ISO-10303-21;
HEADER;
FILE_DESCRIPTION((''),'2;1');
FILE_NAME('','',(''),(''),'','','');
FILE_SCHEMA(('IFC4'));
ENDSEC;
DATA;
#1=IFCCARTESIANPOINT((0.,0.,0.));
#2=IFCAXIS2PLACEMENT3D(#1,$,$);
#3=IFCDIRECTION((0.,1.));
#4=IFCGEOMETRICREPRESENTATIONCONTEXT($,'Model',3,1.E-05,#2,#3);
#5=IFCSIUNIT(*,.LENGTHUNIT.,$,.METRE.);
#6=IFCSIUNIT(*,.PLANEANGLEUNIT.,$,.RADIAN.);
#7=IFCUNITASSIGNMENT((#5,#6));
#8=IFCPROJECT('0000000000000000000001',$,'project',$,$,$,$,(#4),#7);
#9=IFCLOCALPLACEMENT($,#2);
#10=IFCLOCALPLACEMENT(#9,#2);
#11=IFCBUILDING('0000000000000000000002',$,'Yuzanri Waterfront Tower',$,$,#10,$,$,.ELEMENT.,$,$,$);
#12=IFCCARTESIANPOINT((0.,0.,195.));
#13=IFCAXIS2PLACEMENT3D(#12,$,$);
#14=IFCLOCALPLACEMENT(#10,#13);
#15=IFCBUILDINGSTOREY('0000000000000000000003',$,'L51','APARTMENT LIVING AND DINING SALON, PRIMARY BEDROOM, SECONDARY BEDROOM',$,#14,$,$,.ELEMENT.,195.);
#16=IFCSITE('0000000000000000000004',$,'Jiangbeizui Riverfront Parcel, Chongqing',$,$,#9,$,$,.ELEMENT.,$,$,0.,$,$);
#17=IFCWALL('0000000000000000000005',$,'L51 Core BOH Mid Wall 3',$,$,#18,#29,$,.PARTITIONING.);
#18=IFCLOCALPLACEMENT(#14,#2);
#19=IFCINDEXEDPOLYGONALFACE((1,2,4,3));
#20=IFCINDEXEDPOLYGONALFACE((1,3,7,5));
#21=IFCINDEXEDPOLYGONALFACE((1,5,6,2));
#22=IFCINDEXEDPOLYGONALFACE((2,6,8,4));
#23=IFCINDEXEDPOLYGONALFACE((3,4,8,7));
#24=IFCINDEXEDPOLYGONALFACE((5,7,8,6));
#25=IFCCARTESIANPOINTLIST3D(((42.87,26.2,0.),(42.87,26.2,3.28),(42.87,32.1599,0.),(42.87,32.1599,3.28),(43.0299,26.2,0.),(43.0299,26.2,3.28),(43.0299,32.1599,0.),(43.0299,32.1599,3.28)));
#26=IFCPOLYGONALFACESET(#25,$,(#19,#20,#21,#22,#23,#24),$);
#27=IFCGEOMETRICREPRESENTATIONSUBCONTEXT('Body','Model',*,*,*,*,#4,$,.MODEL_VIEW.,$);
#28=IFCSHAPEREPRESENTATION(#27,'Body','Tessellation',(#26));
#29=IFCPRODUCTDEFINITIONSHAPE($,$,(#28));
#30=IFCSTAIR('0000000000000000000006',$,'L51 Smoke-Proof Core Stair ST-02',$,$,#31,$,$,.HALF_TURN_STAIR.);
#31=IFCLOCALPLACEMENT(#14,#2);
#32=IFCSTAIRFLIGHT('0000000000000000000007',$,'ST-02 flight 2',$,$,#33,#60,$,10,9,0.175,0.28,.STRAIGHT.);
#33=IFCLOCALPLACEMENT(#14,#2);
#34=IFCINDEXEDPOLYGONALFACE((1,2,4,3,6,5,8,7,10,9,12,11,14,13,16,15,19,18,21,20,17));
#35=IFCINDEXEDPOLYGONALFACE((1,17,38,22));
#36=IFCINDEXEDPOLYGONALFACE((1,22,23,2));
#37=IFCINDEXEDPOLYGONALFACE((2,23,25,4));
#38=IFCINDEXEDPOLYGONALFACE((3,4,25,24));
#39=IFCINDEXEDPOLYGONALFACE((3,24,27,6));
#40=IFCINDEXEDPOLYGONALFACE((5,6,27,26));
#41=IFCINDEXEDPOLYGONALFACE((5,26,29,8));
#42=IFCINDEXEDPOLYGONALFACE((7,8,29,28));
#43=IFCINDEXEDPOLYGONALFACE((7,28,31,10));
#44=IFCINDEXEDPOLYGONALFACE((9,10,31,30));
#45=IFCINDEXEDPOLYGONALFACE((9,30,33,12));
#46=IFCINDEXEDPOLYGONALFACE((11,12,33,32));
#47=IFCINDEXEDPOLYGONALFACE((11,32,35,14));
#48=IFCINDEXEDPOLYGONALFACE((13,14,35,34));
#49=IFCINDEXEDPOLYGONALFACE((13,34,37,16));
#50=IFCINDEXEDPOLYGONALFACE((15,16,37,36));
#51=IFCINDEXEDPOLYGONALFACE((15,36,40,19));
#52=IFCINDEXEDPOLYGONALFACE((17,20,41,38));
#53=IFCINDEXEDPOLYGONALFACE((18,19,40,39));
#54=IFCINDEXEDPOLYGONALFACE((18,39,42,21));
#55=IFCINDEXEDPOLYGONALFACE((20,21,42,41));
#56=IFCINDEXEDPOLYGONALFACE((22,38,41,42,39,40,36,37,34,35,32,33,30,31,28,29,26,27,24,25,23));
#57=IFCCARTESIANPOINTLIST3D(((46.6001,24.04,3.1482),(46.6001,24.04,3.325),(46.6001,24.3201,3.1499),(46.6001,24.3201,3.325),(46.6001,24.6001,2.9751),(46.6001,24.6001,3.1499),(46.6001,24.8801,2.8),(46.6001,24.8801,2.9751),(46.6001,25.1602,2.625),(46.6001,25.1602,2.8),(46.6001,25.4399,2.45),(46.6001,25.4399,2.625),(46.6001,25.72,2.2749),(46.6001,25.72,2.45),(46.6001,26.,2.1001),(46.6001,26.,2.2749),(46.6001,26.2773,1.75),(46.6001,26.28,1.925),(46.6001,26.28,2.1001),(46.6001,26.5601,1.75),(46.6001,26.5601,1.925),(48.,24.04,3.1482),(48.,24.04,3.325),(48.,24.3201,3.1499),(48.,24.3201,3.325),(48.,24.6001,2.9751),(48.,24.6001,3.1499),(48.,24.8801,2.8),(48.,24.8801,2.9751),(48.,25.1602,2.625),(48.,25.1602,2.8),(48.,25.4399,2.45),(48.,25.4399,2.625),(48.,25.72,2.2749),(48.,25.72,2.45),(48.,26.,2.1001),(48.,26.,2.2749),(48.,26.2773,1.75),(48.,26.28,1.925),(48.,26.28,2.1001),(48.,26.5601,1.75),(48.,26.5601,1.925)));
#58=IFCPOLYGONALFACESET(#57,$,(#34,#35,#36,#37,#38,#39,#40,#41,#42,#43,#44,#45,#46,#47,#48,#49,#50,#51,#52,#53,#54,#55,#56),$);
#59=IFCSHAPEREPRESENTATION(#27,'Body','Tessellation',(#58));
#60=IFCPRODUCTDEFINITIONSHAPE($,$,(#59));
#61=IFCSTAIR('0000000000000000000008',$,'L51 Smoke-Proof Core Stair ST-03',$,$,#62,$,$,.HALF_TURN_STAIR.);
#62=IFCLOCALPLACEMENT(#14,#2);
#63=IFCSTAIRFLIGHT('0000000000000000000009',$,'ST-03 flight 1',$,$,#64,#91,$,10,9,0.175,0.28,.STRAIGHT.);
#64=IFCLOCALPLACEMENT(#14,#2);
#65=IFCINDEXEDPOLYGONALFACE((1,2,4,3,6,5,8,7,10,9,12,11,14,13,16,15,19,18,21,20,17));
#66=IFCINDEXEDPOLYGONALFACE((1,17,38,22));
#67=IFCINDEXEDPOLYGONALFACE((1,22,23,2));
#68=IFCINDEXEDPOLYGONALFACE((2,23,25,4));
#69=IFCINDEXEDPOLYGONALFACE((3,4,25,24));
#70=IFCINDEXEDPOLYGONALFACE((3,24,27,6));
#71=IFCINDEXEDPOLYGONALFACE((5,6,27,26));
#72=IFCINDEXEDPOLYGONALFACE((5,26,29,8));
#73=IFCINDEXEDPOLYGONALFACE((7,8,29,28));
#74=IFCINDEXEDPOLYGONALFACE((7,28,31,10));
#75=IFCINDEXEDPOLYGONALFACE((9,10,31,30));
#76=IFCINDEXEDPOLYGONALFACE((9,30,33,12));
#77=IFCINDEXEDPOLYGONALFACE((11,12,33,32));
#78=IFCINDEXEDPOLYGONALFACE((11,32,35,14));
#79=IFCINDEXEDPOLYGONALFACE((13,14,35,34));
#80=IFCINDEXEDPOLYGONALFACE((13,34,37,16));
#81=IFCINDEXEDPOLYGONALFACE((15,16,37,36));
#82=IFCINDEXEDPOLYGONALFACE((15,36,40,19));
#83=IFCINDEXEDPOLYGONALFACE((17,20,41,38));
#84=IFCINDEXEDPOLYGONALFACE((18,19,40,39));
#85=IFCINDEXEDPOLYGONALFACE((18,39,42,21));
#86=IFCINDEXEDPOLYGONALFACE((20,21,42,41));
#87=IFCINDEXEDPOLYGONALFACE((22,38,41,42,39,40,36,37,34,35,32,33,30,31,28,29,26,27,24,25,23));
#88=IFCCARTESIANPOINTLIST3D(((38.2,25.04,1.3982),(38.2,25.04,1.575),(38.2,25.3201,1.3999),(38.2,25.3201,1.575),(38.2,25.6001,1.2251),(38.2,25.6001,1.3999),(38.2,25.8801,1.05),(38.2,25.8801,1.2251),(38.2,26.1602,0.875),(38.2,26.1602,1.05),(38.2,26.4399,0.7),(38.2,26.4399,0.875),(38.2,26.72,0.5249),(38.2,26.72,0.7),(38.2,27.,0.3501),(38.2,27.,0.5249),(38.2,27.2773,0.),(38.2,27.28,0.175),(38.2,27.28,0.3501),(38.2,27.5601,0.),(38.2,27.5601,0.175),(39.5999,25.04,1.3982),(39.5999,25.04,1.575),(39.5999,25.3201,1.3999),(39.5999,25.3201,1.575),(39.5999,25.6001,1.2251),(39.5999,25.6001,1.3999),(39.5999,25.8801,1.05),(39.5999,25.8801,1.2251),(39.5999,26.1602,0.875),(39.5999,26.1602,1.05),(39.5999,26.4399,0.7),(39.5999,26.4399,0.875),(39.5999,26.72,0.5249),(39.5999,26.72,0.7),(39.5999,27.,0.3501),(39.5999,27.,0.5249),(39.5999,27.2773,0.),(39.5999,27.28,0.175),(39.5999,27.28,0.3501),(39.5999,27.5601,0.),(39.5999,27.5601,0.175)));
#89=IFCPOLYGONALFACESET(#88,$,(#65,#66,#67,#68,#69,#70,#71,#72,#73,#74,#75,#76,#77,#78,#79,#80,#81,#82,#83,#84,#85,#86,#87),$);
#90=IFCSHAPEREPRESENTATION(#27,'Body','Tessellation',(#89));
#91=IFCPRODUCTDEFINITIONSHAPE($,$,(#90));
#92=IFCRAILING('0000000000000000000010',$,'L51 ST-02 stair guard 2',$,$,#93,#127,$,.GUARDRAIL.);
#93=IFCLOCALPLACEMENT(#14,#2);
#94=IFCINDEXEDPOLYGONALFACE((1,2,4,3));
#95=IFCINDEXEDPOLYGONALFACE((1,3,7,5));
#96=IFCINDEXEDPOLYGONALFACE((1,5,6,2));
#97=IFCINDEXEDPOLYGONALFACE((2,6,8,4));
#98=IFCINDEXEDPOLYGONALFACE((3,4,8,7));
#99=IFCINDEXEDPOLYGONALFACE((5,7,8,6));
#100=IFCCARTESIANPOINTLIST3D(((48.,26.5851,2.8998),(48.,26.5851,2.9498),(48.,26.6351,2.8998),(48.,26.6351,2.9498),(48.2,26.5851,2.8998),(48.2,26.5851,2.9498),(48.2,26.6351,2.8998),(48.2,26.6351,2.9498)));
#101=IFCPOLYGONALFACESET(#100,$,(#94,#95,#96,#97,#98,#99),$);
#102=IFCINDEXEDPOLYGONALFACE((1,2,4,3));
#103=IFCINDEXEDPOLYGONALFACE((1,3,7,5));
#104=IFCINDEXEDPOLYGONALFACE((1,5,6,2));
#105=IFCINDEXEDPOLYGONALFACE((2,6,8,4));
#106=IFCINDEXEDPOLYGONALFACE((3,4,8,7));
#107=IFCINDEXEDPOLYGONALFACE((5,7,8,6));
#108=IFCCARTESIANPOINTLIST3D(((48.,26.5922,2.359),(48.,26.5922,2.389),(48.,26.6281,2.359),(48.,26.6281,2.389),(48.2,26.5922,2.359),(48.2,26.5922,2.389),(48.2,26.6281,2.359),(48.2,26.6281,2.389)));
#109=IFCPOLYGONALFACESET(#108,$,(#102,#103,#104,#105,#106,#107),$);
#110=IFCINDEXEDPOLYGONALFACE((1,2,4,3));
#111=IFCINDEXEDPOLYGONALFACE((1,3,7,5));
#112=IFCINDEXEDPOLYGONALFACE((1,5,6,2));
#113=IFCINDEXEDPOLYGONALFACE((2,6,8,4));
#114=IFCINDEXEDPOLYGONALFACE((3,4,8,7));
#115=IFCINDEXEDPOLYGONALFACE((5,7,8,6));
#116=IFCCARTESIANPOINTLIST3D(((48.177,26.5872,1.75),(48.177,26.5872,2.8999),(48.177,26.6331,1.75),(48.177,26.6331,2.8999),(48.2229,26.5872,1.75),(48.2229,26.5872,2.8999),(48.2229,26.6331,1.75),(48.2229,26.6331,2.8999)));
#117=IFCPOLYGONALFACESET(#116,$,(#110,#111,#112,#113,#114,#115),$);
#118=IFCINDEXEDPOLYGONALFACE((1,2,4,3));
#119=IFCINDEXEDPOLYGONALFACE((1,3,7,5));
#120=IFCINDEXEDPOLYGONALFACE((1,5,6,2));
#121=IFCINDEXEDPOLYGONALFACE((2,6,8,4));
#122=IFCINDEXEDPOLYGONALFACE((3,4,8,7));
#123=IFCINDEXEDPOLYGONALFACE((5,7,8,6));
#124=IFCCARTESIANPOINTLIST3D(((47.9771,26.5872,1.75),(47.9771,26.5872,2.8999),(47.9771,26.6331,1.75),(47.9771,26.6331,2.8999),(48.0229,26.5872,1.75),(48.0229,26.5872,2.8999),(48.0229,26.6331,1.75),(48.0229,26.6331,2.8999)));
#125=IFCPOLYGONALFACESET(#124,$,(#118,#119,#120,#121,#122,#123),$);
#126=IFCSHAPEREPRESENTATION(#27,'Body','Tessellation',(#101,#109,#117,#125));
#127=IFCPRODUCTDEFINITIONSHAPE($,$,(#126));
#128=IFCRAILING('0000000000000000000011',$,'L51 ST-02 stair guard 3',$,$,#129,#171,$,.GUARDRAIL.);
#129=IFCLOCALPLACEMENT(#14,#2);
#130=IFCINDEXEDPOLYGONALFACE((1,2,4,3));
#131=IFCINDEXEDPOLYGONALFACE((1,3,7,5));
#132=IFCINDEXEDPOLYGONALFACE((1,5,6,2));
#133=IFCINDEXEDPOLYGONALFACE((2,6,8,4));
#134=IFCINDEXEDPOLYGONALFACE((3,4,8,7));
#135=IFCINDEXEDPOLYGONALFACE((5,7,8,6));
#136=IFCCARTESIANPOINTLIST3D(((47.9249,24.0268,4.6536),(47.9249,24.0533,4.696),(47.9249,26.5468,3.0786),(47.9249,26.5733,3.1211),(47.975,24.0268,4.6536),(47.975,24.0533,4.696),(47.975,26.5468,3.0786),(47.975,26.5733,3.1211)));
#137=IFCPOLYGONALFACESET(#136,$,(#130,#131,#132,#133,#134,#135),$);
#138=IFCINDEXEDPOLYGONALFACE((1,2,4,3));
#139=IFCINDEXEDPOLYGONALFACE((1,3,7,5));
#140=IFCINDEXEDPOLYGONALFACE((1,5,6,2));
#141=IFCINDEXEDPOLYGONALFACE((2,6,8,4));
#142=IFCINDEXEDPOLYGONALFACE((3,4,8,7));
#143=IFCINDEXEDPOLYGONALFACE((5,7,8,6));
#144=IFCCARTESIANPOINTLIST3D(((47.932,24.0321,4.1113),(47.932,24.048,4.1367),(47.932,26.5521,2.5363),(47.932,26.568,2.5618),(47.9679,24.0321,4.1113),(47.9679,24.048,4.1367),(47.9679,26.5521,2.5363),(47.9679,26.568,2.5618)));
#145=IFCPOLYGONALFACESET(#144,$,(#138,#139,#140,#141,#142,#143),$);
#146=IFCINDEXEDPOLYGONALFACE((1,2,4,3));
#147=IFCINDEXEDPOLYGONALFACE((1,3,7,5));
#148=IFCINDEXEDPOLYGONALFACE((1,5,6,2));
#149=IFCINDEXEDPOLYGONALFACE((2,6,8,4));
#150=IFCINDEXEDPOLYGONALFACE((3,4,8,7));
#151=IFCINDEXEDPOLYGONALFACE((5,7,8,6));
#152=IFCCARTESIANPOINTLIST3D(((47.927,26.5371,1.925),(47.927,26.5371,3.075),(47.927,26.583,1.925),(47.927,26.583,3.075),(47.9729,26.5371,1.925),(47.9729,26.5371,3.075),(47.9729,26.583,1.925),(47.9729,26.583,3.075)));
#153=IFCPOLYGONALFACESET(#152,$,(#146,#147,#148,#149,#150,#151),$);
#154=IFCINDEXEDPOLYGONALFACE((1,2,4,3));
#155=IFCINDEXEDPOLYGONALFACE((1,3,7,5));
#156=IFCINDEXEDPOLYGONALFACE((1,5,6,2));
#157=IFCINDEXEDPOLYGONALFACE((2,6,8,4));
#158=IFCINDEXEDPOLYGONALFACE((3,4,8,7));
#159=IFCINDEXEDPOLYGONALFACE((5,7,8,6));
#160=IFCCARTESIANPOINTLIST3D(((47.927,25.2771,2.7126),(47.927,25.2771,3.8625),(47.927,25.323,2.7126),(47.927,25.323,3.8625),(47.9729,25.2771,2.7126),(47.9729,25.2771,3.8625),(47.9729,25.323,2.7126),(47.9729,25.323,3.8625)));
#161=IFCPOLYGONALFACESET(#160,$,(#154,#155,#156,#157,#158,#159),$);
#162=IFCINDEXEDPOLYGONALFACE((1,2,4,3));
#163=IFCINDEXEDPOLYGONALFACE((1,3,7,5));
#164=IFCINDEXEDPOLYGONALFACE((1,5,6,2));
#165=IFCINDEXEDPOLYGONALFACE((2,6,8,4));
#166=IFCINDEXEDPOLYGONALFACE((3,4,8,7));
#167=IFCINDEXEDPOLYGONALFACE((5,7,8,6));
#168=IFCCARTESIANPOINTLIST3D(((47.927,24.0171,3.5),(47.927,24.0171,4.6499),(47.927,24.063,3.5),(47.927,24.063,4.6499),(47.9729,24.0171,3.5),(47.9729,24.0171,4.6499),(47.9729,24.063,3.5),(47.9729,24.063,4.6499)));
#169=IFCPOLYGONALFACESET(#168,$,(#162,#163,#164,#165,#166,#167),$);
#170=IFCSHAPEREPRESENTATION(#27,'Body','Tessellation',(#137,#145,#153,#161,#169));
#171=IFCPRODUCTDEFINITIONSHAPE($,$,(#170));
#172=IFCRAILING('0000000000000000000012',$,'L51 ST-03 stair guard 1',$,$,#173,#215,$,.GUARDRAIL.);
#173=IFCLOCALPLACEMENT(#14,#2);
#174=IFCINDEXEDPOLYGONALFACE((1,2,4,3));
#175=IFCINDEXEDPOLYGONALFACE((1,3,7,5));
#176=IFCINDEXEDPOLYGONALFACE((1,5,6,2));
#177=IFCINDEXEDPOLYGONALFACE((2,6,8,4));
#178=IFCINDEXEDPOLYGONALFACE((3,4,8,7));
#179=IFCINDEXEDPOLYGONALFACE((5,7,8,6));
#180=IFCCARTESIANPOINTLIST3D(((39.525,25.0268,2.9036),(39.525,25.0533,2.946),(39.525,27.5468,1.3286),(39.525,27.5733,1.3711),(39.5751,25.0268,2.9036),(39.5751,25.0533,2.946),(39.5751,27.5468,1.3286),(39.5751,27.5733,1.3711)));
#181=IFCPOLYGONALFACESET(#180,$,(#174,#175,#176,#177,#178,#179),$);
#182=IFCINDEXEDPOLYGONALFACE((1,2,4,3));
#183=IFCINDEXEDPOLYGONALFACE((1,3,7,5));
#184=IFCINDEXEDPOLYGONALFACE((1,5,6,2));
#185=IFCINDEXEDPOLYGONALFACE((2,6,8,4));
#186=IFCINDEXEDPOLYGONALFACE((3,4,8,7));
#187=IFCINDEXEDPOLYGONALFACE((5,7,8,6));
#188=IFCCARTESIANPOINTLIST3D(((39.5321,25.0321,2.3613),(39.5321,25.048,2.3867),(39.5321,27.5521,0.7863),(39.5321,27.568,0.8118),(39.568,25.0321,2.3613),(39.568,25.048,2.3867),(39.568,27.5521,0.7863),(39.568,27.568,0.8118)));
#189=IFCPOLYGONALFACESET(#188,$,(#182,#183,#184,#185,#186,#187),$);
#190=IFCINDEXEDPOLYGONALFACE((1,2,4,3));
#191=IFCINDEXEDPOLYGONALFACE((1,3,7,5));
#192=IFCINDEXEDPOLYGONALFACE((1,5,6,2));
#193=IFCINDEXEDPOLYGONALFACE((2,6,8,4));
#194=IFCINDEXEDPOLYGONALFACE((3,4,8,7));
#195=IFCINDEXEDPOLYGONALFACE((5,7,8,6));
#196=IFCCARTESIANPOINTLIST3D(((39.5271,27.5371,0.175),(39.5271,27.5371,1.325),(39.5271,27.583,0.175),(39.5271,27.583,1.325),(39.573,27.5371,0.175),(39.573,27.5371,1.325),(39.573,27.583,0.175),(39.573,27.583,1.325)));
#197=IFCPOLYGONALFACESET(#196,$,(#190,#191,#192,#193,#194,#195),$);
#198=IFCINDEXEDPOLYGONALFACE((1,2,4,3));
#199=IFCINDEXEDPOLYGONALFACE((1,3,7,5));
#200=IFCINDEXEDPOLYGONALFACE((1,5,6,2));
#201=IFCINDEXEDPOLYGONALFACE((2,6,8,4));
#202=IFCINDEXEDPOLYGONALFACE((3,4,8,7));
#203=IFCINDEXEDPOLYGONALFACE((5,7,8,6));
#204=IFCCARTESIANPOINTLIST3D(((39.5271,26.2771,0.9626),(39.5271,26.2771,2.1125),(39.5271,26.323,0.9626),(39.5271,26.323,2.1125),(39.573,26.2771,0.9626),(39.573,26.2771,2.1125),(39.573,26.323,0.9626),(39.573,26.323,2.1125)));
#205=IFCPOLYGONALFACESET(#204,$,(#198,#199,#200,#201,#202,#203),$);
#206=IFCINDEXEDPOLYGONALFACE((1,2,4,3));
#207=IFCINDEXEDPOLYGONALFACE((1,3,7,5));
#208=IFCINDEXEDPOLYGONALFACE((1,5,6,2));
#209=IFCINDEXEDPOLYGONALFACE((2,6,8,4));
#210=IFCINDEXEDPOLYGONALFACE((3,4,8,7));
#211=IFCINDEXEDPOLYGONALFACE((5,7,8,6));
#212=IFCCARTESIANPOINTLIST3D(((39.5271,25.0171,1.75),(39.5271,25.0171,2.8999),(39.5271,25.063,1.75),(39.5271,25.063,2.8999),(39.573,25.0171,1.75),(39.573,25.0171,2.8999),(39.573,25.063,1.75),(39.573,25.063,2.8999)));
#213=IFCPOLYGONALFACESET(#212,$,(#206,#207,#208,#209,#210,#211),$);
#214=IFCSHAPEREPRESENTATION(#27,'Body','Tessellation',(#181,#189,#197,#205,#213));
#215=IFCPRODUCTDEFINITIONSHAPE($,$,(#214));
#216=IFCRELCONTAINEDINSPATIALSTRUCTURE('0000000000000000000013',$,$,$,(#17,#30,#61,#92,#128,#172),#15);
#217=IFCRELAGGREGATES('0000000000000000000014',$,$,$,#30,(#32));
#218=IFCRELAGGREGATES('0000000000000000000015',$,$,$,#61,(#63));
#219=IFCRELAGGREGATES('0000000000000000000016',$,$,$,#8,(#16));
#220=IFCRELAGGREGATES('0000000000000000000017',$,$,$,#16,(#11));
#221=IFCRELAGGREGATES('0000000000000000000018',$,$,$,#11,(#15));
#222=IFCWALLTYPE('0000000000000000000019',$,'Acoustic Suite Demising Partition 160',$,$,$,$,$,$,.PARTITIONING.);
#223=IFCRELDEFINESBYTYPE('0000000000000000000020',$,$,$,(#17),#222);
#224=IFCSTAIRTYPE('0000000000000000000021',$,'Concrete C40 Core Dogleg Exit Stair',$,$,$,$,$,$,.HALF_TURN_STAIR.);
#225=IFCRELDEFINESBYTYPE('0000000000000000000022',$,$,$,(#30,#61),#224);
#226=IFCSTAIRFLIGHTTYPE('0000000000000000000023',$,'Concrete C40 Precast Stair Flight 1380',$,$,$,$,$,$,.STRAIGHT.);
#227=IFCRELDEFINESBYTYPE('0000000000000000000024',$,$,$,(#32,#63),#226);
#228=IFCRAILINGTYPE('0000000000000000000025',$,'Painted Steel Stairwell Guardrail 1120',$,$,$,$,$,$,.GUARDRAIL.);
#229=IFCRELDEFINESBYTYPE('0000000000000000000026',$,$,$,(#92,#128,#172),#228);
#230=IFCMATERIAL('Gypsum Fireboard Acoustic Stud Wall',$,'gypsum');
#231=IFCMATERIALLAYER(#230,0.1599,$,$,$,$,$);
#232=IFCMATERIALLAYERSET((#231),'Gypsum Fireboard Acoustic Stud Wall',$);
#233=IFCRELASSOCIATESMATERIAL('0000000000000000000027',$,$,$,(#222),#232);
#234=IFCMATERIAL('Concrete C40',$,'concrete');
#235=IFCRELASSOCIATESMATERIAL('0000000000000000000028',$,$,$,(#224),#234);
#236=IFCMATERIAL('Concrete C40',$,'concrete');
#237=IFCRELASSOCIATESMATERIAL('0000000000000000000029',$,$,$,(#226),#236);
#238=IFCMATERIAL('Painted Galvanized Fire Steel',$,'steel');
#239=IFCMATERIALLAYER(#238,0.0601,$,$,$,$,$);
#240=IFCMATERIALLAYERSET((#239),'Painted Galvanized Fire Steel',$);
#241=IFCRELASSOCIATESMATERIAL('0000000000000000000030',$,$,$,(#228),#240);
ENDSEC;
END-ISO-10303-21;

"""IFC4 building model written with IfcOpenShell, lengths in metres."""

from ifc_helpers import new_model, si_unit, direction, frame, frame_2d, origin, origin_2d, place, context, subcontext, project, spatial, polyline, rectangle, outline, extrude, source, transform, mapped, material, layer, layer_set, type_object, element, aggregate, save


model = new_model("IFC4")

# Units and contexts
model_context = context("Model", 3, precision=1e-05, world=origin(), true_north=direction((0.0, 1.0)))
body_context = subcontext(model_context, "Body", "Model", "MODEL_VIEW")
ifc_project = project(units=[si_unit("LENGTHUNIT", "METRE"), si_unit("PLANEANGLEUNIT", "RADIAN")], contexts=[model_context])

# Site, building, storey
site_placement = place(None, origin())
site = spatial("IfcSite", under=ifc_project, at=site_placement, Name="Jiangbeizui Riverfront Parcel, Chongqing", CompositionType="ELEMENT", RefElevation=0.0)
building_placement = place(site_placement, origin())
building = spatial("IfcBuilding", under=site, at=building_placement, Name="Yuzanri Waterfront Tower", CompositionType="ELEMENT")
storey_placement = place(building_placement, frame((0.0, 0.0, 195.0)))
storey = spatial("IfcBuildingStorey", under=building, at=storey_placement, Name="L51", Description="APARTMENT LIVING AND DINING SALON, PRIMARY BEDROOM, SECONDARY BEDROOM", CompositionType="ELEMENT", Elevation=195.0)

# Wall
ifc_material_1 = material(Name="Gypsum Fireboard Acoustic Stud Wall", Category="gypsum")
ifc_layer_1 = layer(ifc_material_1, 0.1599)
ifc_layer_set_1 = layer_set([ifc_layer_1], Name="Gypsum Fireboard Acoustic Stud Wall")
wall_type_1 = type_object("IfcWallType", Name="Acoustic Suite Demising Partition 160", PredefinedType="PARTITIONING", material=ifc_layer_set_1)
shared_shape_1 = source(origin(), body_context, "Body", "SweptSolid", [
    extrude(rectangle(XDim=5.96, YDim=0.1599, at=frame_2d((2.98, 0.0))), origin(), (0.0, 0.0, 1.0), 3.28),
])
wall_1_placement = place(storey_placement, frame((42.95, 26.2, 0.0), z_axis=(0.0, 0.0, 1.0), x_axis=(0.0, 1.0, 0.0)))
element("IfcWall", 1, at=wall_1_placement, inside=storey, type_object=wall_type_1, Name="L51 Core BOH Mid Wall 3", PredefinedType="PARTITIONING", context=body_context, shape_type="MappedRepresentation", body=[
    mapped(shared_shape_1, transform((0.0, 0.0, 0.0), scale=1.0)),
])

# Stairs, stair flights
ifc_material_2 = material(Name="Concrete C40", Category="concrete")
stair_type = type_object("IfcStairType", Name="Concrete C40 Core Dogleg Exit Stair", PredefinedType="HALF_TURN_STAIR", material=ifc_material_2)
stair_1_placement = place(storey_placement, origin())
stair_1 = element("IfcStair", 2, at=stair_1_placement, inside=storey, type_object=stair_type, Name="L51 Smoke-Proof Core Stair ST-02", PredefinedType="HALF_TURN_STAIR")
ifc_material_3 = material(Name="Concrete C40", Category="concrete")
stair_flight_type = type_object("IfcStairFlightType", Name="Concrete C40 Precast Stair Flight 1380", PredefinedType="STRAIGHT", material=ifc_material_3)
shared_shape_2 = source(origin(), body_context, "Body", "SweptSolid", [
    extrude(outline(polyline([(0.0, 0.0), (0.0, 0.175), (0.28, 0.175), (0.28, 0.3501), (0.5601, 0.3501), (0.5601, 0.5249), (0.8401, 0.5249), (0.8401, 0.7), (1.1201, 0.7), (1.1201, 0.875), (1.3999, 0.875), (1.3999, 1.05), (1.6799, 1.05), (1.6799, 1.2251), (1.96, 1.2251), (1.96, 1.3999), (2.24, 1.3999), (2.24, 1.575), (2.52, 1.575), (2.52, 1.75), (2.52, 1.3982), (0.2827, 0.0), (0.0, 0.0)])), frame((0.0, 0.7, 0.0), z_axis=(0.0, -1.0, 0.0), x_axis=(1.0, 0.0, 0.0)), (0.0, 0.0, 1.0), 1.3999),
])
stair_flight_1_placement = place(storey_placement, frame((47.3, 26.5601, 1.75), z_axis=(0.0, 0.0, 1.0), x_axis=(0.0, -1.0, 0.0)))
stair_flight_1 = element("IfcStairFlight", 3, at=stair_flight_1_placement, type_object=stair_flight_type, Name="ST-02 flight 2", NumberOfRisers=10, NumberOfTreads=9, PredefinedType="STRAIGHT", RiserHeight=0.175, TreadLength=0.28, context=body_context, shape_type="MappedRepresentation", body=[
    mapped(shared_shape_2, transform((0.0, 0.0, 0.0), scale=1.0)),
])
aggregate(stair_1, [stair_flight_1])
stair_2_placement = place(storey_placement, origin())
stair_2 = element("IfcStair", 4, at=stair_2_placement, inside=storey, type_object=stair_type, Name="L51 Smoke-Proof Core Stair ST-03", PredefinedType="HALF_TURN_STAIR")
stair_flight_2_placement = place(storey_placement, frame((38.8999, 27.5601, 0.0), z_axis=(0.0, 0.0, 1.0), x_axis=(0.0, -1.0, 0.0)))
stair_flight_2 = element("IfcStairFlight", 5, at=stair_flight_2_placement, type_object=stair_flight_type, Name="ST-03 flight 1", NumberOfRisers=10, NumberOfTreads=9, PredefinedType="STRAIGHT", RiserHeight=0.175, TreadLength=0.28, context=body_context, shape_type="MappedRepresentation", body=[
    mapped(shared_shape_2, transform((0.0, 0.0, 0.0), scale=1.0)),
])
aggregate(stair_2, [stair_flight_2])

# Railings
ifc_material_4 = material(Name="Painted Galvanized Fire Steel", Category="steel")
ifc_layer_2 = layer(ifc_material_4, 0.0601)
ifc_layer_set_2 = layer_set([ifc_layer_2], Name="Painted Galvanized Fire Steel")
railing_type_1 = type_object("IfcRailingType", Name="Painted Steel Stairwell Guardrail 1120", PredefinedType="GUARDRAIL", material=ifc_layer_set_2)
shared_shape_3 = source(origin(), body_context, "Body", "SweptSolid", [
    extrude(rectangle(XDim=0.05, YDim=0.05, at=origin_2d()), frame((0.0, 0.0, 1.1748), z_axis=(-1.0, 0.0, 0.0), x_axis=(0.0, -1.0, 0.0)), (0.0, 0.0, 1.0), 0.2),
    extrude(rectangle(XDim=0.0359, YDim=0.03, at=origin_2d()), frame((0.0, 0.0, 0.624), z_axis=(-1.0, 0.0, 0.0), x_axis=(0.0, -1.0, 0.0)), (0.0, 0.0, 1.0), 0.2),
    extrude(rectangle(XDim=0.0459, YDim=0.0459, at=origin_2d()), origin(), (0.0, 0.0, 1.0), 1.1499),
    extrude(rectangle(XDim=0.0459, YDim=0.0459, at=origin_2d()), frame((-0.2, 0.0, 0.0)), (0.0, 0.0, 1.0), 1.1499),
])
railing_1_placement = place(storey_placement, frame((48.2, 26.6101, 1.75)))
element("IfcRailing", 6, at=railing_1_placement, inside=storey, type_object=railing_type_1, Name="L51 ST-02 stair guard 2", PredefinedType="GUARDRAIL", context=body_context, shape_type="MappedRepresentation", body=[
    mapped(shared_shape_3, transform((0.0, 0.0, 0.0), scale=1.0)),
])
shared_shape_4 = source(origin(), body_context, "Body", "SweptSolid", [
    extrude(rectangle(XDim=0.05, YDim=0.05, at=origin_2d()), frame((0.0, 0.0, 1.1748), z_axis=(0.0, -0.848008, 0.529984), x_axis=(1.0, 0.0, 0.0)), (0.0, 0.0, 1.0), 2.9717),
    extrude(rectangle(XDim=0.0359, YDim=0.03, at=origin_2d()), frame((0.0, 0.0, 0.624), z_axis=(0.0, -0.848008, 0.529984), x_axis=(1.0, 0.0, 0.0)), (0.0, 0.0, 1.0), 2.9717),
    extrude(rectangle(XDim=0.0459, YDim=0.0459, at=origin_2d()), origin(), (0.0, 0.0, 1.0), 1.1499),
    extrude(rectangle(XDim=0.0459, YDim=0.0459, at=origin_2d()), frame((0.0, -1.26, 0.7876)), (0.0, 0.0, 1.0), 1.1499),
    extrude(rectangle(XDim=0.0459, YDim=0.0459, at=origin_2d()), frame((0.0, -2.52, 1.575)), (0.0, 0.0, 1.0), 1.1499),
])
for number, where, name in (
    (7, (47.95, 26.5601, 1.925), "L51 ST-02 stair guard 3"),
    (8, (39.55, 27.5601, 0.175), "L51 ST-03 stair guard 1"),
):
    element("IfcRailing", number, at=place(storey_placement, frame(where)), inside=storey, type_object=railing_type_1, Name=name, PredefinedType="GUARDRAIL", context=body_context, shape_type="MappedRepresentation", body=[
        mapped(shared_shape_4, transform((0.0, 0.0, 0.0), scale=1.0)),
    ])

save(model, "model.ifc")
